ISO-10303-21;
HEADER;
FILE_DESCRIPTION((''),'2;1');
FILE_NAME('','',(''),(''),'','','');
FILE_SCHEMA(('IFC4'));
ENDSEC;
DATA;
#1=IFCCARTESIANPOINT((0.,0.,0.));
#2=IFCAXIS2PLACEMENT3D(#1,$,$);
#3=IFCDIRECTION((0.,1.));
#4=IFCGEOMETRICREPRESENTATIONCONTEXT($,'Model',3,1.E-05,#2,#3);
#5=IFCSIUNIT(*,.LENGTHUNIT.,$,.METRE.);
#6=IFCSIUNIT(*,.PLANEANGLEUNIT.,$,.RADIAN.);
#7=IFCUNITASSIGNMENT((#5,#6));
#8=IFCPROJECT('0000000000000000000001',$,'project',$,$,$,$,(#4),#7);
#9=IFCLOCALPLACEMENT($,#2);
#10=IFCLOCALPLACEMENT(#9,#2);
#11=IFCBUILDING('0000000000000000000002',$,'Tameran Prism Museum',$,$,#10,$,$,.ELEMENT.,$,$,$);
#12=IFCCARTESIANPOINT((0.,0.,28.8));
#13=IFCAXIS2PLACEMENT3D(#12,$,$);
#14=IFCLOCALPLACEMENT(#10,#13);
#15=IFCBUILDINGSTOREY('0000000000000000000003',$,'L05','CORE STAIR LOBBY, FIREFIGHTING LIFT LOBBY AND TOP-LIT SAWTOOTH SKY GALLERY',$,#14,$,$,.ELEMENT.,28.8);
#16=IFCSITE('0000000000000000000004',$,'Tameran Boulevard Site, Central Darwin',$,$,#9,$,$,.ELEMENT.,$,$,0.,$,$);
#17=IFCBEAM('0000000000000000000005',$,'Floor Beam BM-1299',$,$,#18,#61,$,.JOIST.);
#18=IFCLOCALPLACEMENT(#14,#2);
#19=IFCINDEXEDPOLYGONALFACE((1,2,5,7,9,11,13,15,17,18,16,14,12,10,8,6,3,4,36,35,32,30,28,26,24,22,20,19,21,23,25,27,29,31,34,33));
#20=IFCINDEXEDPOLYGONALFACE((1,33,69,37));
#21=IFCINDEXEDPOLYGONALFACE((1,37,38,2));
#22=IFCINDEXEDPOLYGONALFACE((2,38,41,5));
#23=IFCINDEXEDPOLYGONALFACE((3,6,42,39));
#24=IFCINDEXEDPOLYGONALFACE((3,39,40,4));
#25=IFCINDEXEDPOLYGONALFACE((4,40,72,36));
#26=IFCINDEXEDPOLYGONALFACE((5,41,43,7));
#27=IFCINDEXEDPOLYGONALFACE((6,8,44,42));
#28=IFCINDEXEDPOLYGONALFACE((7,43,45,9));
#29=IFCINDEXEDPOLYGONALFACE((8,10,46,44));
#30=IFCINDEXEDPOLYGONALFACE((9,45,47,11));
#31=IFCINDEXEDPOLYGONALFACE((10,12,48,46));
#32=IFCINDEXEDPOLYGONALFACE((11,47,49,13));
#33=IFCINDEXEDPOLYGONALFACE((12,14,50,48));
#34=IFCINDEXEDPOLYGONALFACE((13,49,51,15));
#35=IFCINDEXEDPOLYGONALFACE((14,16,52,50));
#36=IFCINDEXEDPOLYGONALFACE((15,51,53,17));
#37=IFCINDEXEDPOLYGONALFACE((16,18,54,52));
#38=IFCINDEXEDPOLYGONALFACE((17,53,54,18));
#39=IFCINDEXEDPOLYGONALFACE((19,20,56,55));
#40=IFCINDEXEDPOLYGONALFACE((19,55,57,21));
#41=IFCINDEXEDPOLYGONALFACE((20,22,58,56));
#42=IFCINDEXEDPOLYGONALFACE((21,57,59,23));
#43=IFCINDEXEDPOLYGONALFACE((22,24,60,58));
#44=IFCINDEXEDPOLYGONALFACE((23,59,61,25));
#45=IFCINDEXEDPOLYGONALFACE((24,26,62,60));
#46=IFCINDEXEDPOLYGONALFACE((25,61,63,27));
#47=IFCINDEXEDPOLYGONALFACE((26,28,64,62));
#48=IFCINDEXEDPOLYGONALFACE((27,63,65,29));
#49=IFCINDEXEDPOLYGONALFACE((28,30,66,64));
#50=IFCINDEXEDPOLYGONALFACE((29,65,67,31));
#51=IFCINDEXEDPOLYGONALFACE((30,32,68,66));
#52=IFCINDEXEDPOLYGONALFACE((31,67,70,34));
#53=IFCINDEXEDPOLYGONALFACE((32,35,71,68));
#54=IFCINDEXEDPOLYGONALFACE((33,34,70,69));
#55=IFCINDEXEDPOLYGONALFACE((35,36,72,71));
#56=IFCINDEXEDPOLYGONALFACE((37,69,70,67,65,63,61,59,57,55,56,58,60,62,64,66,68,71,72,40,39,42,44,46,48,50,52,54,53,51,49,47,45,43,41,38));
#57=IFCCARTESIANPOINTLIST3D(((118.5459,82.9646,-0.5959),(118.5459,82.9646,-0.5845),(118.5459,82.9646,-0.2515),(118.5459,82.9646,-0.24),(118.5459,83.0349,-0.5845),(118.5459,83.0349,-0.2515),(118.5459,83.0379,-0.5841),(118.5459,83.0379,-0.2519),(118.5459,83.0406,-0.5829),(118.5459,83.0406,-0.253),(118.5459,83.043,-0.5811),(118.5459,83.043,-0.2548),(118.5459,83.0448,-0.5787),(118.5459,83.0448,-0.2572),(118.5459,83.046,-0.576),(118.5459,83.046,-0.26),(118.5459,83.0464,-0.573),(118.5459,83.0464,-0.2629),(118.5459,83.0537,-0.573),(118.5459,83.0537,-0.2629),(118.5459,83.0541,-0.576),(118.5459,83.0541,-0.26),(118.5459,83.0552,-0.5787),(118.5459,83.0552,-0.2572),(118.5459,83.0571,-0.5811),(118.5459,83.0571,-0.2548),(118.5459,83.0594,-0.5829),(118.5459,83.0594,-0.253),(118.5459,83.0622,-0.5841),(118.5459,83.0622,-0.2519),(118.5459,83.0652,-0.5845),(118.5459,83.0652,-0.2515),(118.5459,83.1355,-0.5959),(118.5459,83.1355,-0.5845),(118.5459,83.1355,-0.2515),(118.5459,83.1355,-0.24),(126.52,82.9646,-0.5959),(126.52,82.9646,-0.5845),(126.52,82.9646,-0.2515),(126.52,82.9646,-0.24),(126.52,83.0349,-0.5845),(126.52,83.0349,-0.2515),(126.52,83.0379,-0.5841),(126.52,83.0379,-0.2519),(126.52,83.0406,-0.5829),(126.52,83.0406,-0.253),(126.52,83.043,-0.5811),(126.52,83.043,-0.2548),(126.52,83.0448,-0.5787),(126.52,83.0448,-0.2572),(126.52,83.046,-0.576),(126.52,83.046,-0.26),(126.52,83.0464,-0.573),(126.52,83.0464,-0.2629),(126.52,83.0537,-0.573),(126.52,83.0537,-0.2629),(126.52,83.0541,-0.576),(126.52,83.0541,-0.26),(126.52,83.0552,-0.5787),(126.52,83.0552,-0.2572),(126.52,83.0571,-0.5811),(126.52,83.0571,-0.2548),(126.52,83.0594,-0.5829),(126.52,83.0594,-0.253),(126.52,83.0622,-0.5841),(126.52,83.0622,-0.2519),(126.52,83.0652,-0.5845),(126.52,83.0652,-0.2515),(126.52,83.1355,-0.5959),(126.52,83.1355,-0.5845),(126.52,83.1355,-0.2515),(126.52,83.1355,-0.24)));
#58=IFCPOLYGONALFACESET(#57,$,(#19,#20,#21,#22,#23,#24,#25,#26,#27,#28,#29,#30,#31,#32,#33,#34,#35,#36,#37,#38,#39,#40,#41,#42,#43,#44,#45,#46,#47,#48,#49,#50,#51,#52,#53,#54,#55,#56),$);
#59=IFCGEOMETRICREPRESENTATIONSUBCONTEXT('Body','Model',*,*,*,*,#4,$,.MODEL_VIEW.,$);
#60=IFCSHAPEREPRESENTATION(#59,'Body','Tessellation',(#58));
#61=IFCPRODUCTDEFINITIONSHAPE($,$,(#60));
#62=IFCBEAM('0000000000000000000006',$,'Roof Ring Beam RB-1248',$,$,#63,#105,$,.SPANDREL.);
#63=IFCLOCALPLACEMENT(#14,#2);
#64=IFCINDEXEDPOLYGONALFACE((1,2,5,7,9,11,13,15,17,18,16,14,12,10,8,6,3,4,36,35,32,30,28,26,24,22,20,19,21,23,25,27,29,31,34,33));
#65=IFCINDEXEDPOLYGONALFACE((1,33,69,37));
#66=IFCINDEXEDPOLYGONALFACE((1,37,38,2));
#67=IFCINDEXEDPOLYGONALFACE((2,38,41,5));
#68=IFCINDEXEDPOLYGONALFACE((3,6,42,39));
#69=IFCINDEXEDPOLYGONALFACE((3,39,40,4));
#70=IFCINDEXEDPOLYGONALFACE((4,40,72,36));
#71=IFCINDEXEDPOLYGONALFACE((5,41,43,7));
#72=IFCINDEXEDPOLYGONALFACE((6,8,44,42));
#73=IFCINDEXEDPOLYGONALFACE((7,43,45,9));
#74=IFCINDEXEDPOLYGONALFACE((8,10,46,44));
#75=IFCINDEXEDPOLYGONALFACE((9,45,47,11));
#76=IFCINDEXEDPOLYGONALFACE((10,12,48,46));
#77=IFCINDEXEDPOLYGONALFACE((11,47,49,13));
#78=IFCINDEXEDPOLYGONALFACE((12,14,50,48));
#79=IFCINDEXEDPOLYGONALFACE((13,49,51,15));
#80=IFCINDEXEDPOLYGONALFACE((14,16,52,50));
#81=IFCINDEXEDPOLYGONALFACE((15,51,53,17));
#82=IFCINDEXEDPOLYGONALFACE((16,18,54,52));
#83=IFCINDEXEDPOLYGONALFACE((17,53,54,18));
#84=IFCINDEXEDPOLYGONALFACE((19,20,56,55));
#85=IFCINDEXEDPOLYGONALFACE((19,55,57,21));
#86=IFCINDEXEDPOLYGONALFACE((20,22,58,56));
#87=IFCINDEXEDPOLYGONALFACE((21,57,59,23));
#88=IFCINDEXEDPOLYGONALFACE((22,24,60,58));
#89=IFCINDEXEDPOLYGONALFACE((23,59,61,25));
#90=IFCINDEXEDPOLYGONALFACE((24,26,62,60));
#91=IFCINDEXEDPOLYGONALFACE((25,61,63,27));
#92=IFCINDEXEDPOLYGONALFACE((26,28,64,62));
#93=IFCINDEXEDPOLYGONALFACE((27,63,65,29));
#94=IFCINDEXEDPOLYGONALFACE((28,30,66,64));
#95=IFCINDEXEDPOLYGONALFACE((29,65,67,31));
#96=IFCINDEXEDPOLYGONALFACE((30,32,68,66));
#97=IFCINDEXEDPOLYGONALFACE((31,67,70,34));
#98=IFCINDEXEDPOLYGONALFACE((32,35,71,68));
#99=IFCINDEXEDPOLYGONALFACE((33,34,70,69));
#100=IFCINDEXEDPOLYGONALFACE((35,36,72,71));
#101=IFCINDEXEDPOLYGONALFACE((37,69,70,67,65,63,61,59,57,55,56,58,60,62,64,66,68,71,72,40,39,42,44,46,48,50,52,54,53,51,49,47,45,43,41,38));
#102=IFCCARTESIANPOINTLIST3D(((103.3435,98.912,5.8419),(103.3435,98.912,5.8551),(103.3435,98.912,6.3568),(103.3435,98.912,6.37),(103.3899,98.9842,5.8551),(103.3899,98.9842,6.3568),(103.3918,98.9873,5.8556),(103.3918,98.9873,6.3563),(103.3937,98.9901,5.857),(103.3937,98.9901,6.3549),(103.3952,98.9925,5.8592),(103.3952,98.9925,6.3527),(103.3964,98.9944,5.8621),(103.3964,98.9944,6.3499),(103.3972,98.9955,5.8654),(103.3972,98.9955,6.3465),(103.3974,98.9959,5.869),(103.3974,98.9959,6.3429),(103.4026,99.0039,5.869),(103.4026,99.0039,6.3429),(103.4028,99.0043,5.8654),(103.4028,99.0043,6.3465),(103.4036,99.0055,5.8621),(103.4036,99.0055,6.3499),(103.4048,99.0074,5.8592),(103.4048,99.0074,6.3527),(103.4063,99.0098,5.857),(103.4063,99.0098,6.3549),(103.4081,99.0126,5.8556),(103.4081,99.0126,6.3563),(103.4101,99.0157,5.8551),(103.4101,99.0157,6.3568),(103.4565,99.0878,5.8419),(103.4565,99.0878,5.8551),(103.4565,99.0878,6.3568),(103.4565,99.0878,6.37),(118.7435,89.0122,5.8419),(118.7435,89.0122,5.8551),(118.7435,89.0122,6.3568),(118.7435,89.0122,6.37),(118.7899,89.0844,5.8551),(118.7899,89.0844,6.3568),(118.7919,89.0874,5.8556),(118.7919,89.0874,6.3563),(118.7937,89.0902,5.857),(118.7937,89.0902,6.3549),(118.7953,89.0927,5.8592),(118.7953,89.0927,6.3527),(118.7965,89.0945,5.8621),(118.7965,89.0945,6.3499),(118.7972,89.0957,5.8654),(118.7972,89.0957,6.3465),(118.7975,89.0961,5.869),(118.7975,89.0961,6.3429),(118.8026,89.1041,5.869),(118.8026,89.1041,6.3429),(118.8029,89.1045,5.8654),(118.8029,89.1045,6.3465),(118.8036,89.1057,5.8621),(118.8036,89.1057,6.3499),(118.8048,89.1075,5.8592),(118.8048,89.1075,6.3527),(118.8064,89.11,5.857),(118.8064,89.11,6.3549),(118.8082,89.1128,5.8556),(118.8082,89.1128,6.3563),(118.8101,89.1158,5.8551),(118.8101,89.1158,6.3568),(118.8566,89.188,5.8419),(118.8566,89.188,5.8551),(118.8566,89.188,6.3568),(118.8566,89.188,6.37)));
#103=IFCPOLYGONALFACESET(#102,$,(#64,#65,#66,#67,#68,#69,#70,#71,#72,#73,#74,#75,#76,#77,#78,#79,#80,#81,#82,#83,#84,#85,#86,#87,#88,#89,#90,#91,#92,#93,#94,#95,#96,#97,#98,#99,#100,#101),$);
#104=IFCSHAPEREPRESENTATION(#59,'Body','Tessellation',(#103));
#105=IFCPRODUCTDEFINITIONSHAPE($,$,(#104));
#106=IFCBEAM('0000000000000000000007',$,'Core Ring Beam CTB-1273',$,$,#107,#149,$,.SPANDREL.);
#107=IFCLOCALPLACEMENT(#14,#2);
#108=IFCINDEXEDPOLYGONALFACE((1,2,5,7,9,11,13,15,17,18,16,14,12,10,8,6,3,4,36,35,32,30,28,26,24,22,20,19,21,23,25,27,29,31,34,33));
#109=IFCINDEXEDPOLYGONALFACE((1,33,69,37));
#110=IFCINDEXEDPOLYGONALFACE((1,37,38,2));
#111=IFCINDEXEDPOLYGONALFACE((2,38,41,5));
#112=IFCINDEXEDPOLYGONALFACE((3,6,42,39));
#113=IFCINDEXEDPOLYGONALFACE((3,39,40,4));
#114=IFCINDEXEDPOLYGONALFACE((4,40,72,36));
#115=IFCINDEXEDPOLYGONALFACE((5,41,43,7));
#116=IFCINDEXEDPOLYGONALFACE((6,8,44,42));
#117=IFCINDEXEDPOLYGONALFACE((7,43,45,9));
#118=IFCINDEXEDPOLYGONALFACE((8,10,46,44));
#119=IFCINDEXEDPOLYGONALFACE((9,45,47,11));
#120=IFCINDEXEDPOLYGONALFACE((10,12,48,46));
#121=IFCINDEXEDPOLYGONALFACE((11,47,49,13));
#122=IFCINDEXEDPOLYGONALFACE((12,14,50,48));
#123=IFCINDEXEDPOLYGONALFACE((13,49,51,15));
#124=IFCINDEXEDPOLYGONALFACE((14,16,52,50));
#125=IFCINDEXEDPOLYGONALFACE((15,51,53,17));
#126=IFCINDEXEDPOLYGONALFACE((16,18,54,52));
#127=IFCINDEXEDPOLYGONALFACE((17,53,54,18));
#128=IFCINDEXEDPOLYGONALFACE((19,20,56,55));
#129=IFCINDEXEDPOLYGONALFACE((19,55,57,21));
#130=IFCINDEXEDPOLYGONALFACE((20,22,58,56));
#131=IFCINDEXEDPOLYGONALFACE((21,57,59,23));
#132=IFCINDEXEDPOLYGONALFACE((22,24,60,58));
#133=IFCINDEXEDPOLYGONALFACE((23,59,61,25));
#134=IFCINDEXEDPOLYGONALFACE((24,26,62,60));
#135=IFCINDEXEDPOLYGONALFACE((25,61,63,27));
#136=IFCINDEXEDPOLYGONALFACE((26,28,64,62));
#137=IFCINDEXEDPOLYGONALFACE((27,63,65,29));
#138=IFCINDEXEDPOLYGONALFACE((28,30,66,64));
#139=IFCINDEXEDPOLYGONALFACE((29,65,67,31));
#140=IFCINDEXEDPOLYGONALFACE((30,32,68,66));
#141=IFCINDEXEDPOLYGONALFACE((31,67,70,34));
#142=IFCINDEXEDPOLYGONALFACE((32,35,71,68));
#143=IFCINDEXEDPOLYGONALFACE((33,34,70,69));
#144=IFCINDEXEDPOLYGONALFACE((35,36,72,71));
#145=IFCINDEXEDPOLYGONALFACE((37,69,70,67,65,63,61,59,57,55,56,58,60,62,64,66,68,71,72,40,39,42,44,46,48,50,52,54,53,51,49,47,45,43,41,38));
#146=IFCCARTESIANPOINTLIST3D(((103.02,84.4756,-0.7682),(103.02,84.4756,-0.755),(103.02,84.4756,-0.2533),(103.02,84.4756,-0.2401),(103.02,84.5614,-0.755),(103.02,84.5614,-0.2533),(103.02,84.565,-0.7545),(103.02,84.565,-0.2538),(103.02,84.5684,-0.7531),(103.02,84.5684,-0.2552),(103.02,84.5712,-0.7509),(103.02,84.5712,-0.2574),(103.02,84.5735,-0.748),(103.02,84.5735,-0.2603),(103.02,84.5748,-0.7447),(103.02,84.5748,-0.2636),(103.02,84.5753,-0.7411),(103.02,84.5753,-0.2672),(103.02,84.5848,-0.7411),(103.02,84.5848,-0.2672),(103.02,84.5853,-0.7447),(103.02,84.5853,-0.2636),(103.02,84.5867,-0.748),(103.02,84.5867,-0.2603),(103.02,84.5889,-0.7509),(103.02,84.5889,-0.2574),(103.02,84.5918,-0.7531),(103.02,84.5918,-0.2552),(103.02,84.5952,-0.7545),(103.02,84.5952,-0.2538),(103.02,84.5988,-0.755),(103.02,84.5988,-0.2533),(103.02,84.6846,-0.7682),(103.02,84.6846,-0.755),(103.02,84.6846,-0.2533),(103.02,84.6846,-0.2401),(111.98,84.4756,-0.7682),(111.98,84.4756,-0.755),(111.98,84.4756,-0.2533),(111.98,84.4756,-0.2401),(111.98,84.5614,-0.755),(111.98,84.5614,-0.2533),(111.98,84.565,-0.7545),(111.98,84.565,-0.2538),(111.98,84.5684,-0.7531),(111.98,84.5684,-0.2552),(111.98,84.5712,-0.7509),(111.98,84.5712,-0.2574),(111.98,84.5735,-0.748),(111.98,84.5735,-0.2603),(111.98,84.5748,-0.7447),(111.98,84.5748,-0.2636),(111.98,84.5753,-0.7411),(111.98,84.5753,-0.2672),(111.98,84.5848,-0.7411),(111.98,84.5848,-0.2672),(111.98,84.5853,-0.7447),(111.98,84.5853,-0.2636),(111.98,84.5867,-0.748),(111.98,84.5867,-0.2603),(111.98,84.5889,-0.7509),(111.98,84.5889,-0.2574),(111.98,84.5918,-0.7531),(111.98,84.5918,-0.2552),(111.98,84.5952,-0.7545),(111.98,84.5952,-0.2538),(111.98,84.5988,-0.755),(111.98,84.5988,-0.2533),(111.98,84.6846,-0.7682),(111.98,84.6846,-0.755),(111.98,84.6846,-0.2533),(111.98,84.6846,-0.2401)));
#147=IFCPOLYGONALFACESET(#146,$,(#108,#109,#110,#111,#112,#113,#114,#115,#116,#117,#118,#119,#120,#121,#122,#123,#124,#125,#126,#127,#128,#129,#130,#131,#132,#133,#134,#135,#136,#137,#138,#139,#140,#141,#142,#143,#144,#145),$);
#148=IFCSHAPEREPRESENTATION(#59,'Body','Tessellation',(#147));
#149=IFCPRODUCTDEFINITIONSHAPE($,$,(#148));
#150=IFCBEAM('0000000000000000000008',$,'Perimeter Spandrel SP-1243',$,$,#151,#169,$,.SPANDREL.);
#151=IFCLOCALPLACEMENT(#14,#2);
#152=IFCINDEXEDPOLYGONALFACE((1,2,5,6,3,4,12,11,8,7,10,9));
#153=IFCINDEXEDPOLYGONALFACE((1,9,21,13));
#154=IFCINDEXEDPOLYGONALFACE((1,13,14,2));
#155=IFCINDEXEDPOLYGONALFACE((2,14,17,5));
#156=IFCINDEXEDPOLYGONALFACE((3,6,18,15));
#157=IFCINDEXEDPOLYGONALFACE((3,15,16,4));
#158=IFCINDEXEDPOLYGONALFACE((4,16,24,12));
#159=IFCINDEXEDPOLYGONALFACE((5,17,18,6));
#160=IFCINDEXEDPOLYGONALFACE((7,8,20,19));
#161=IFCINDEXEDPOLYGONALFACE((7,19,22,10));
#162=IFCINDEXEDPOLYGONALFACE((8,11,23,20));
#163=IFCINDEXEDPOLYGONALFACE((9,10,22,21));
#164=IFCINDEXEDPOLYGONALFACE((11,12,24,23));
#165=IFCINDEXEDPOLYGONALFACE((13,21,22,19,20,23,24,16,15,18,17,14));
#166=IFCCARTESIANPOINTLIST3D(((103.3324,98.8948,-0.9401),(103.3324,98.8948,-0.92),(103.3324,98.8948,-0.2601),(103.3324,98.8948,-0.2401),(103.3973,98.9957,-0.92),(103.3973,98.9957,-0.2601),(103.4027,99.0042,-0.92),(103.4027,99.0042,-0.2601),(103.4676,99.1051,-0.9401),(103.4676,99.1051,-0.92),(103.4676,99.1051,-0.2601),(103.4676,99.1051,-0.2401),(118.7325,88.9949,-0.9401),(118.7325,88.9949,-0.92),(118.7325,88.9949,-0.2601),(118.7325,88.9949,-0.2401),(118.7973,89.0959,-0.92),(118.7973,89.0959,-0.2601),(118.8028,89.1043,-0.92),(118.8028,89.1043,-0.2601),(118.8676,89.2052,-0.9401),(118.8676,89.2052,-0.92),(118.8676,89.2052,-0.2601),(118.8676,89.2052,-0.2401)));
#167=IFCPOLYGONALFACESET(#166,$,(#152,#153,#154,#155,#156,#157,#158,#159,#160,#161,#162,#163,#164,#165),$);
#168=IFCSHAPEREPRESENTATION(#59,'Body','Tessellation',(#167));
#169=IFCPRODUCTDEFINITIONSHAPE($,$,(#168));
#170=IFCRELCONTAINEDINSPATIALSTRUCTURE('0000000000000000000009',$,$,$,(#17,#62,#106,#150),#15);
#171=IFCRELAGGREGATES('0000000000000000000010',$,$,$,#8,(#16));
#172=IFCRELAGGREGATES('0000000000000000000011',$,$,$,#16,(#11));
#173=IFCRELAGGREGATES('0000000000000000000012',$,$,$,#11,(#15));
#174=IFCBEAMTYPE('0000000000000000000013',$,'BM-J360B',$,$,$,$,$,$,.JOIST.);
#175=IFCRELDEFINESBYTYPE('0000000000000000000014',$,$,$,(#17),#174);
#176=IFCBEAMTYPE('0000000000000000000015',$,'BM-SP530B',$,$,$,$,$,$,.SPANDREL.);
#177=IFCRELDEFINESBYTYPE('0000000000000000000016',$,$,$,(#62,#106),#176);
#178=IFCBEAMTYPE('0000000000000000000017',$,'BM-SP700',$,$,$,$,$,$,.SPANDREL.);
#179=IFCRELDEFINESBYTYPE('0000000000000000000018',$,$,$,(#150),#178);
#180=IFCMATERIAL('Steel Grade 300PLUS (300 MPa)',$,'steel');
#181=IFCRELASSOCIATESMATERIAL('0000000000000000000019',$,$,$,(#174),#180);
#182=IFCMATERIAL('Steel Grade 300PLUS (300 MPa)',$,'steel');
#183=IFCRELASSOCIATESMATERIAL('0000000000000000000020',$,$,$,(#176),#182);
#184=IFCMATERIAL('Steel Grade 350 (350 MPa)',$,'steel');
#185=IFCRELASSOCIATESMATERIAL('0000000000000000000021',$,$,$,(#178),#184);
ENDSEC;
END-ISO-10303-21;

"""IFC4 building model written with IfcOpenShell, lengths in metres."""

from ifc_helpers import new_model, si_unit, direction, frame, origin, origin_2d, place, context, subcontext, project, spatial, i_section, extrude, material, material_profile, profile_set, type_object, element, save


model = new_model("IFC4")

# Units and contexts
model_context = context("Model", 3, precision=1e-05, world=origin(), true_north=direction((0.0, 1.0)))
body_context = subcontext(model_context, "Body", "Model", "MODEL_VIEW")
ifc_project = project(units=[si_unit("LENGTHUNIT", "METRE"), si_unit("PLANEANGLEUNIT", "RADIAN")], contexts=[model_context])

# Site, building, storey
site_placement = place(None, origin())
site = spatial("IfcSite", under=ifc_project, at=site_placement, Name="Tameran Boulevard Site, Central Darwin", CompositionType="ELEMENT", RefElevation=0.0)
building_placement = place(site_placement, origin())
building = spatial("IfcBuilding", under=site, at=building_placement, Name="Tameran Prism Museum", CompositionType="ELEMENT")
storey_placement = place(building_placement, frame((0.0, 0.0, 28.8)))
storey = spatial("IfcBuildingStorey", under=building, at=storey_placement, Name="L05", Description="CORE STAIR LOBBY, FIREFIGHTING LIFT LOBBY AND TOP-LIT SAWTOOTH SKY GALLERY", CompositionType="ELEMENT", Elevation=28.8)

# Beams
ifc_material_1 = material(Name="Steel Grade 300PLUS (300 MPa)", Category="steel")
ifc_material_profile_1 = material_profile(ifc_material_1, i_section(OverallWidth=0.1709, OverallDepth=0.356, WebThickness=0.0073, FlangeThickness=0.0115, FilletRadius=0.0115, at=origin_2d()))
ifc_profile_set_1 = profile_set([ifc_material_profile_1])
beam_type_1 = type_object("IfcBeamType", Name="BM-J360B", PredefinedType="JOIST", material=ifc_profile_set_1)
beam_1_placement = place(storey_placement, frame((118.5459, 83.05, -0.418), z_axis=(1.0, 0.0, 0.0), x_axis=(0.0, 1.0, 0.0)))
element("IfcBeam", 1, at=beam_1_placement, inside=storey, type_object=beam_type_1, Name="Floor Beam BM-1299", PredefinedType="JOIST", context=body_context, shape_type="SweptSolid", body=[
    extrude(i_section(OverallWidth=0.1709, OverallDepth=0.356, WebThickness=0.0073, FlangeThickness=0.0115, FilletRadius=0.0115, at=origin_2d()), origin(), (0.0, 0.0, 1.0), 7.9741),
])
ifc_material_2 = material(Name="Steel Grade 300PLUS (300 MPa)", Category="steel")
ifc_material_profile_2 = material_profile(ifc_material_2, i_section(OverallWidth=0.209, OverallDepth=0.5281, WebThickness=0.0095, FlangeThickness=0.0132, FilletRadius=0.0139, at=origin_2d()))
ifc_profile_set_2 = profile_set([ifc_material_profile_2])
beam_type_2 = type_object("IfcBeamType", Name="BM-SP530B", PredefinedType="SPANDREL", material=ifc_profile_set_2)
beam_2_placement = place(storey_placement, frame((118.8, 89.1001, 6.106), z_axis=(-0.841183, 0.54075, 0.0), x_axis=(-0.54075, -0.841183, 0.0)))
element("IfcBeam", 2, at=beam_2_placement, inside=storey, type_object=beam_type_2, Name="Roof Ring Beam RB-1248", PredefinedType="SPANDREL", context=body_context, shape_type="SweptSolid", body=[
    extrude(i_section(OverallWidth=0.209, OverallDepth=0.5281, WebThickness=0.0095, FlangeThickness=0.0132, FilletRadius=0.0139, at=origin_2d()), origin(), (0.0, 0.0, 1.0), 18.3076),
])
beam_3_placement = place(storey_placement, frame((111.98, 84.5801, -0.5042), z_axis=(-1.0, 0.0, 0.0), x_axis=(0.0, -1.0, 0.0)))
element("IfcBeam", 3, at=beam_3_placement, inside=storey, type_object=beam_type_2, Name="Core Ring Beam CTB-1273", PredefinedType="SPANDREL", context=body_context, shape_type="SweptSolid", body=[
    extrude(i_section(OverallWidth=0.209, OverallDepth=0.5281, WebThickness=0.0095, FlangeThickness=0.0132, FilletRadius=0.0139, at=origin_2d()), origin(), (0.0, 0.0, 1.0), 8.96),
])
ifc_material_3 = material(Name="Steel Grade 350 (350 MPa)", Category="steel")
ifc_material_profile_3 = material_profile(ifc_material_3, i_section(OverallWidth=0.25, OverallDepth=0.7, WebThickness=0.01, FlangeThickness=0.02, at=origin_2d()))
ifc_profile_set_3 = profile_set([ifc_material_profile_3])
beam_type_3 = type_object("IfcBeamType", Name="BM-SP700", PredefinedType="SPANDREL", material=ifc_profile_set_3)
beam_4_placement = place(storey_placement, frame((118.8, 89.1001, -0.5901), z_axis=(-0.841183, 0.54075, 0.0), x_axis=(-0.54075, -0.841183, 0.0)))
element("IfcBeam", 4, at=beam_4_placement, inside=storey, type_object=beam_type_3, Name="Perimeter Spandrel SP-1243", PredefinedType="SPANDREL", context=body_context, shape_type="SweptSolid", body=[
    extrude(i_section(OverallWidth=0.25, OverallDepth=0.7, WebThickness=0.01, FlangeThickness=0.02, at=origin_2d()), origin(), (0.0, 0.0, 1.0), 18.3076),
])

save(model, "model.ifc")
